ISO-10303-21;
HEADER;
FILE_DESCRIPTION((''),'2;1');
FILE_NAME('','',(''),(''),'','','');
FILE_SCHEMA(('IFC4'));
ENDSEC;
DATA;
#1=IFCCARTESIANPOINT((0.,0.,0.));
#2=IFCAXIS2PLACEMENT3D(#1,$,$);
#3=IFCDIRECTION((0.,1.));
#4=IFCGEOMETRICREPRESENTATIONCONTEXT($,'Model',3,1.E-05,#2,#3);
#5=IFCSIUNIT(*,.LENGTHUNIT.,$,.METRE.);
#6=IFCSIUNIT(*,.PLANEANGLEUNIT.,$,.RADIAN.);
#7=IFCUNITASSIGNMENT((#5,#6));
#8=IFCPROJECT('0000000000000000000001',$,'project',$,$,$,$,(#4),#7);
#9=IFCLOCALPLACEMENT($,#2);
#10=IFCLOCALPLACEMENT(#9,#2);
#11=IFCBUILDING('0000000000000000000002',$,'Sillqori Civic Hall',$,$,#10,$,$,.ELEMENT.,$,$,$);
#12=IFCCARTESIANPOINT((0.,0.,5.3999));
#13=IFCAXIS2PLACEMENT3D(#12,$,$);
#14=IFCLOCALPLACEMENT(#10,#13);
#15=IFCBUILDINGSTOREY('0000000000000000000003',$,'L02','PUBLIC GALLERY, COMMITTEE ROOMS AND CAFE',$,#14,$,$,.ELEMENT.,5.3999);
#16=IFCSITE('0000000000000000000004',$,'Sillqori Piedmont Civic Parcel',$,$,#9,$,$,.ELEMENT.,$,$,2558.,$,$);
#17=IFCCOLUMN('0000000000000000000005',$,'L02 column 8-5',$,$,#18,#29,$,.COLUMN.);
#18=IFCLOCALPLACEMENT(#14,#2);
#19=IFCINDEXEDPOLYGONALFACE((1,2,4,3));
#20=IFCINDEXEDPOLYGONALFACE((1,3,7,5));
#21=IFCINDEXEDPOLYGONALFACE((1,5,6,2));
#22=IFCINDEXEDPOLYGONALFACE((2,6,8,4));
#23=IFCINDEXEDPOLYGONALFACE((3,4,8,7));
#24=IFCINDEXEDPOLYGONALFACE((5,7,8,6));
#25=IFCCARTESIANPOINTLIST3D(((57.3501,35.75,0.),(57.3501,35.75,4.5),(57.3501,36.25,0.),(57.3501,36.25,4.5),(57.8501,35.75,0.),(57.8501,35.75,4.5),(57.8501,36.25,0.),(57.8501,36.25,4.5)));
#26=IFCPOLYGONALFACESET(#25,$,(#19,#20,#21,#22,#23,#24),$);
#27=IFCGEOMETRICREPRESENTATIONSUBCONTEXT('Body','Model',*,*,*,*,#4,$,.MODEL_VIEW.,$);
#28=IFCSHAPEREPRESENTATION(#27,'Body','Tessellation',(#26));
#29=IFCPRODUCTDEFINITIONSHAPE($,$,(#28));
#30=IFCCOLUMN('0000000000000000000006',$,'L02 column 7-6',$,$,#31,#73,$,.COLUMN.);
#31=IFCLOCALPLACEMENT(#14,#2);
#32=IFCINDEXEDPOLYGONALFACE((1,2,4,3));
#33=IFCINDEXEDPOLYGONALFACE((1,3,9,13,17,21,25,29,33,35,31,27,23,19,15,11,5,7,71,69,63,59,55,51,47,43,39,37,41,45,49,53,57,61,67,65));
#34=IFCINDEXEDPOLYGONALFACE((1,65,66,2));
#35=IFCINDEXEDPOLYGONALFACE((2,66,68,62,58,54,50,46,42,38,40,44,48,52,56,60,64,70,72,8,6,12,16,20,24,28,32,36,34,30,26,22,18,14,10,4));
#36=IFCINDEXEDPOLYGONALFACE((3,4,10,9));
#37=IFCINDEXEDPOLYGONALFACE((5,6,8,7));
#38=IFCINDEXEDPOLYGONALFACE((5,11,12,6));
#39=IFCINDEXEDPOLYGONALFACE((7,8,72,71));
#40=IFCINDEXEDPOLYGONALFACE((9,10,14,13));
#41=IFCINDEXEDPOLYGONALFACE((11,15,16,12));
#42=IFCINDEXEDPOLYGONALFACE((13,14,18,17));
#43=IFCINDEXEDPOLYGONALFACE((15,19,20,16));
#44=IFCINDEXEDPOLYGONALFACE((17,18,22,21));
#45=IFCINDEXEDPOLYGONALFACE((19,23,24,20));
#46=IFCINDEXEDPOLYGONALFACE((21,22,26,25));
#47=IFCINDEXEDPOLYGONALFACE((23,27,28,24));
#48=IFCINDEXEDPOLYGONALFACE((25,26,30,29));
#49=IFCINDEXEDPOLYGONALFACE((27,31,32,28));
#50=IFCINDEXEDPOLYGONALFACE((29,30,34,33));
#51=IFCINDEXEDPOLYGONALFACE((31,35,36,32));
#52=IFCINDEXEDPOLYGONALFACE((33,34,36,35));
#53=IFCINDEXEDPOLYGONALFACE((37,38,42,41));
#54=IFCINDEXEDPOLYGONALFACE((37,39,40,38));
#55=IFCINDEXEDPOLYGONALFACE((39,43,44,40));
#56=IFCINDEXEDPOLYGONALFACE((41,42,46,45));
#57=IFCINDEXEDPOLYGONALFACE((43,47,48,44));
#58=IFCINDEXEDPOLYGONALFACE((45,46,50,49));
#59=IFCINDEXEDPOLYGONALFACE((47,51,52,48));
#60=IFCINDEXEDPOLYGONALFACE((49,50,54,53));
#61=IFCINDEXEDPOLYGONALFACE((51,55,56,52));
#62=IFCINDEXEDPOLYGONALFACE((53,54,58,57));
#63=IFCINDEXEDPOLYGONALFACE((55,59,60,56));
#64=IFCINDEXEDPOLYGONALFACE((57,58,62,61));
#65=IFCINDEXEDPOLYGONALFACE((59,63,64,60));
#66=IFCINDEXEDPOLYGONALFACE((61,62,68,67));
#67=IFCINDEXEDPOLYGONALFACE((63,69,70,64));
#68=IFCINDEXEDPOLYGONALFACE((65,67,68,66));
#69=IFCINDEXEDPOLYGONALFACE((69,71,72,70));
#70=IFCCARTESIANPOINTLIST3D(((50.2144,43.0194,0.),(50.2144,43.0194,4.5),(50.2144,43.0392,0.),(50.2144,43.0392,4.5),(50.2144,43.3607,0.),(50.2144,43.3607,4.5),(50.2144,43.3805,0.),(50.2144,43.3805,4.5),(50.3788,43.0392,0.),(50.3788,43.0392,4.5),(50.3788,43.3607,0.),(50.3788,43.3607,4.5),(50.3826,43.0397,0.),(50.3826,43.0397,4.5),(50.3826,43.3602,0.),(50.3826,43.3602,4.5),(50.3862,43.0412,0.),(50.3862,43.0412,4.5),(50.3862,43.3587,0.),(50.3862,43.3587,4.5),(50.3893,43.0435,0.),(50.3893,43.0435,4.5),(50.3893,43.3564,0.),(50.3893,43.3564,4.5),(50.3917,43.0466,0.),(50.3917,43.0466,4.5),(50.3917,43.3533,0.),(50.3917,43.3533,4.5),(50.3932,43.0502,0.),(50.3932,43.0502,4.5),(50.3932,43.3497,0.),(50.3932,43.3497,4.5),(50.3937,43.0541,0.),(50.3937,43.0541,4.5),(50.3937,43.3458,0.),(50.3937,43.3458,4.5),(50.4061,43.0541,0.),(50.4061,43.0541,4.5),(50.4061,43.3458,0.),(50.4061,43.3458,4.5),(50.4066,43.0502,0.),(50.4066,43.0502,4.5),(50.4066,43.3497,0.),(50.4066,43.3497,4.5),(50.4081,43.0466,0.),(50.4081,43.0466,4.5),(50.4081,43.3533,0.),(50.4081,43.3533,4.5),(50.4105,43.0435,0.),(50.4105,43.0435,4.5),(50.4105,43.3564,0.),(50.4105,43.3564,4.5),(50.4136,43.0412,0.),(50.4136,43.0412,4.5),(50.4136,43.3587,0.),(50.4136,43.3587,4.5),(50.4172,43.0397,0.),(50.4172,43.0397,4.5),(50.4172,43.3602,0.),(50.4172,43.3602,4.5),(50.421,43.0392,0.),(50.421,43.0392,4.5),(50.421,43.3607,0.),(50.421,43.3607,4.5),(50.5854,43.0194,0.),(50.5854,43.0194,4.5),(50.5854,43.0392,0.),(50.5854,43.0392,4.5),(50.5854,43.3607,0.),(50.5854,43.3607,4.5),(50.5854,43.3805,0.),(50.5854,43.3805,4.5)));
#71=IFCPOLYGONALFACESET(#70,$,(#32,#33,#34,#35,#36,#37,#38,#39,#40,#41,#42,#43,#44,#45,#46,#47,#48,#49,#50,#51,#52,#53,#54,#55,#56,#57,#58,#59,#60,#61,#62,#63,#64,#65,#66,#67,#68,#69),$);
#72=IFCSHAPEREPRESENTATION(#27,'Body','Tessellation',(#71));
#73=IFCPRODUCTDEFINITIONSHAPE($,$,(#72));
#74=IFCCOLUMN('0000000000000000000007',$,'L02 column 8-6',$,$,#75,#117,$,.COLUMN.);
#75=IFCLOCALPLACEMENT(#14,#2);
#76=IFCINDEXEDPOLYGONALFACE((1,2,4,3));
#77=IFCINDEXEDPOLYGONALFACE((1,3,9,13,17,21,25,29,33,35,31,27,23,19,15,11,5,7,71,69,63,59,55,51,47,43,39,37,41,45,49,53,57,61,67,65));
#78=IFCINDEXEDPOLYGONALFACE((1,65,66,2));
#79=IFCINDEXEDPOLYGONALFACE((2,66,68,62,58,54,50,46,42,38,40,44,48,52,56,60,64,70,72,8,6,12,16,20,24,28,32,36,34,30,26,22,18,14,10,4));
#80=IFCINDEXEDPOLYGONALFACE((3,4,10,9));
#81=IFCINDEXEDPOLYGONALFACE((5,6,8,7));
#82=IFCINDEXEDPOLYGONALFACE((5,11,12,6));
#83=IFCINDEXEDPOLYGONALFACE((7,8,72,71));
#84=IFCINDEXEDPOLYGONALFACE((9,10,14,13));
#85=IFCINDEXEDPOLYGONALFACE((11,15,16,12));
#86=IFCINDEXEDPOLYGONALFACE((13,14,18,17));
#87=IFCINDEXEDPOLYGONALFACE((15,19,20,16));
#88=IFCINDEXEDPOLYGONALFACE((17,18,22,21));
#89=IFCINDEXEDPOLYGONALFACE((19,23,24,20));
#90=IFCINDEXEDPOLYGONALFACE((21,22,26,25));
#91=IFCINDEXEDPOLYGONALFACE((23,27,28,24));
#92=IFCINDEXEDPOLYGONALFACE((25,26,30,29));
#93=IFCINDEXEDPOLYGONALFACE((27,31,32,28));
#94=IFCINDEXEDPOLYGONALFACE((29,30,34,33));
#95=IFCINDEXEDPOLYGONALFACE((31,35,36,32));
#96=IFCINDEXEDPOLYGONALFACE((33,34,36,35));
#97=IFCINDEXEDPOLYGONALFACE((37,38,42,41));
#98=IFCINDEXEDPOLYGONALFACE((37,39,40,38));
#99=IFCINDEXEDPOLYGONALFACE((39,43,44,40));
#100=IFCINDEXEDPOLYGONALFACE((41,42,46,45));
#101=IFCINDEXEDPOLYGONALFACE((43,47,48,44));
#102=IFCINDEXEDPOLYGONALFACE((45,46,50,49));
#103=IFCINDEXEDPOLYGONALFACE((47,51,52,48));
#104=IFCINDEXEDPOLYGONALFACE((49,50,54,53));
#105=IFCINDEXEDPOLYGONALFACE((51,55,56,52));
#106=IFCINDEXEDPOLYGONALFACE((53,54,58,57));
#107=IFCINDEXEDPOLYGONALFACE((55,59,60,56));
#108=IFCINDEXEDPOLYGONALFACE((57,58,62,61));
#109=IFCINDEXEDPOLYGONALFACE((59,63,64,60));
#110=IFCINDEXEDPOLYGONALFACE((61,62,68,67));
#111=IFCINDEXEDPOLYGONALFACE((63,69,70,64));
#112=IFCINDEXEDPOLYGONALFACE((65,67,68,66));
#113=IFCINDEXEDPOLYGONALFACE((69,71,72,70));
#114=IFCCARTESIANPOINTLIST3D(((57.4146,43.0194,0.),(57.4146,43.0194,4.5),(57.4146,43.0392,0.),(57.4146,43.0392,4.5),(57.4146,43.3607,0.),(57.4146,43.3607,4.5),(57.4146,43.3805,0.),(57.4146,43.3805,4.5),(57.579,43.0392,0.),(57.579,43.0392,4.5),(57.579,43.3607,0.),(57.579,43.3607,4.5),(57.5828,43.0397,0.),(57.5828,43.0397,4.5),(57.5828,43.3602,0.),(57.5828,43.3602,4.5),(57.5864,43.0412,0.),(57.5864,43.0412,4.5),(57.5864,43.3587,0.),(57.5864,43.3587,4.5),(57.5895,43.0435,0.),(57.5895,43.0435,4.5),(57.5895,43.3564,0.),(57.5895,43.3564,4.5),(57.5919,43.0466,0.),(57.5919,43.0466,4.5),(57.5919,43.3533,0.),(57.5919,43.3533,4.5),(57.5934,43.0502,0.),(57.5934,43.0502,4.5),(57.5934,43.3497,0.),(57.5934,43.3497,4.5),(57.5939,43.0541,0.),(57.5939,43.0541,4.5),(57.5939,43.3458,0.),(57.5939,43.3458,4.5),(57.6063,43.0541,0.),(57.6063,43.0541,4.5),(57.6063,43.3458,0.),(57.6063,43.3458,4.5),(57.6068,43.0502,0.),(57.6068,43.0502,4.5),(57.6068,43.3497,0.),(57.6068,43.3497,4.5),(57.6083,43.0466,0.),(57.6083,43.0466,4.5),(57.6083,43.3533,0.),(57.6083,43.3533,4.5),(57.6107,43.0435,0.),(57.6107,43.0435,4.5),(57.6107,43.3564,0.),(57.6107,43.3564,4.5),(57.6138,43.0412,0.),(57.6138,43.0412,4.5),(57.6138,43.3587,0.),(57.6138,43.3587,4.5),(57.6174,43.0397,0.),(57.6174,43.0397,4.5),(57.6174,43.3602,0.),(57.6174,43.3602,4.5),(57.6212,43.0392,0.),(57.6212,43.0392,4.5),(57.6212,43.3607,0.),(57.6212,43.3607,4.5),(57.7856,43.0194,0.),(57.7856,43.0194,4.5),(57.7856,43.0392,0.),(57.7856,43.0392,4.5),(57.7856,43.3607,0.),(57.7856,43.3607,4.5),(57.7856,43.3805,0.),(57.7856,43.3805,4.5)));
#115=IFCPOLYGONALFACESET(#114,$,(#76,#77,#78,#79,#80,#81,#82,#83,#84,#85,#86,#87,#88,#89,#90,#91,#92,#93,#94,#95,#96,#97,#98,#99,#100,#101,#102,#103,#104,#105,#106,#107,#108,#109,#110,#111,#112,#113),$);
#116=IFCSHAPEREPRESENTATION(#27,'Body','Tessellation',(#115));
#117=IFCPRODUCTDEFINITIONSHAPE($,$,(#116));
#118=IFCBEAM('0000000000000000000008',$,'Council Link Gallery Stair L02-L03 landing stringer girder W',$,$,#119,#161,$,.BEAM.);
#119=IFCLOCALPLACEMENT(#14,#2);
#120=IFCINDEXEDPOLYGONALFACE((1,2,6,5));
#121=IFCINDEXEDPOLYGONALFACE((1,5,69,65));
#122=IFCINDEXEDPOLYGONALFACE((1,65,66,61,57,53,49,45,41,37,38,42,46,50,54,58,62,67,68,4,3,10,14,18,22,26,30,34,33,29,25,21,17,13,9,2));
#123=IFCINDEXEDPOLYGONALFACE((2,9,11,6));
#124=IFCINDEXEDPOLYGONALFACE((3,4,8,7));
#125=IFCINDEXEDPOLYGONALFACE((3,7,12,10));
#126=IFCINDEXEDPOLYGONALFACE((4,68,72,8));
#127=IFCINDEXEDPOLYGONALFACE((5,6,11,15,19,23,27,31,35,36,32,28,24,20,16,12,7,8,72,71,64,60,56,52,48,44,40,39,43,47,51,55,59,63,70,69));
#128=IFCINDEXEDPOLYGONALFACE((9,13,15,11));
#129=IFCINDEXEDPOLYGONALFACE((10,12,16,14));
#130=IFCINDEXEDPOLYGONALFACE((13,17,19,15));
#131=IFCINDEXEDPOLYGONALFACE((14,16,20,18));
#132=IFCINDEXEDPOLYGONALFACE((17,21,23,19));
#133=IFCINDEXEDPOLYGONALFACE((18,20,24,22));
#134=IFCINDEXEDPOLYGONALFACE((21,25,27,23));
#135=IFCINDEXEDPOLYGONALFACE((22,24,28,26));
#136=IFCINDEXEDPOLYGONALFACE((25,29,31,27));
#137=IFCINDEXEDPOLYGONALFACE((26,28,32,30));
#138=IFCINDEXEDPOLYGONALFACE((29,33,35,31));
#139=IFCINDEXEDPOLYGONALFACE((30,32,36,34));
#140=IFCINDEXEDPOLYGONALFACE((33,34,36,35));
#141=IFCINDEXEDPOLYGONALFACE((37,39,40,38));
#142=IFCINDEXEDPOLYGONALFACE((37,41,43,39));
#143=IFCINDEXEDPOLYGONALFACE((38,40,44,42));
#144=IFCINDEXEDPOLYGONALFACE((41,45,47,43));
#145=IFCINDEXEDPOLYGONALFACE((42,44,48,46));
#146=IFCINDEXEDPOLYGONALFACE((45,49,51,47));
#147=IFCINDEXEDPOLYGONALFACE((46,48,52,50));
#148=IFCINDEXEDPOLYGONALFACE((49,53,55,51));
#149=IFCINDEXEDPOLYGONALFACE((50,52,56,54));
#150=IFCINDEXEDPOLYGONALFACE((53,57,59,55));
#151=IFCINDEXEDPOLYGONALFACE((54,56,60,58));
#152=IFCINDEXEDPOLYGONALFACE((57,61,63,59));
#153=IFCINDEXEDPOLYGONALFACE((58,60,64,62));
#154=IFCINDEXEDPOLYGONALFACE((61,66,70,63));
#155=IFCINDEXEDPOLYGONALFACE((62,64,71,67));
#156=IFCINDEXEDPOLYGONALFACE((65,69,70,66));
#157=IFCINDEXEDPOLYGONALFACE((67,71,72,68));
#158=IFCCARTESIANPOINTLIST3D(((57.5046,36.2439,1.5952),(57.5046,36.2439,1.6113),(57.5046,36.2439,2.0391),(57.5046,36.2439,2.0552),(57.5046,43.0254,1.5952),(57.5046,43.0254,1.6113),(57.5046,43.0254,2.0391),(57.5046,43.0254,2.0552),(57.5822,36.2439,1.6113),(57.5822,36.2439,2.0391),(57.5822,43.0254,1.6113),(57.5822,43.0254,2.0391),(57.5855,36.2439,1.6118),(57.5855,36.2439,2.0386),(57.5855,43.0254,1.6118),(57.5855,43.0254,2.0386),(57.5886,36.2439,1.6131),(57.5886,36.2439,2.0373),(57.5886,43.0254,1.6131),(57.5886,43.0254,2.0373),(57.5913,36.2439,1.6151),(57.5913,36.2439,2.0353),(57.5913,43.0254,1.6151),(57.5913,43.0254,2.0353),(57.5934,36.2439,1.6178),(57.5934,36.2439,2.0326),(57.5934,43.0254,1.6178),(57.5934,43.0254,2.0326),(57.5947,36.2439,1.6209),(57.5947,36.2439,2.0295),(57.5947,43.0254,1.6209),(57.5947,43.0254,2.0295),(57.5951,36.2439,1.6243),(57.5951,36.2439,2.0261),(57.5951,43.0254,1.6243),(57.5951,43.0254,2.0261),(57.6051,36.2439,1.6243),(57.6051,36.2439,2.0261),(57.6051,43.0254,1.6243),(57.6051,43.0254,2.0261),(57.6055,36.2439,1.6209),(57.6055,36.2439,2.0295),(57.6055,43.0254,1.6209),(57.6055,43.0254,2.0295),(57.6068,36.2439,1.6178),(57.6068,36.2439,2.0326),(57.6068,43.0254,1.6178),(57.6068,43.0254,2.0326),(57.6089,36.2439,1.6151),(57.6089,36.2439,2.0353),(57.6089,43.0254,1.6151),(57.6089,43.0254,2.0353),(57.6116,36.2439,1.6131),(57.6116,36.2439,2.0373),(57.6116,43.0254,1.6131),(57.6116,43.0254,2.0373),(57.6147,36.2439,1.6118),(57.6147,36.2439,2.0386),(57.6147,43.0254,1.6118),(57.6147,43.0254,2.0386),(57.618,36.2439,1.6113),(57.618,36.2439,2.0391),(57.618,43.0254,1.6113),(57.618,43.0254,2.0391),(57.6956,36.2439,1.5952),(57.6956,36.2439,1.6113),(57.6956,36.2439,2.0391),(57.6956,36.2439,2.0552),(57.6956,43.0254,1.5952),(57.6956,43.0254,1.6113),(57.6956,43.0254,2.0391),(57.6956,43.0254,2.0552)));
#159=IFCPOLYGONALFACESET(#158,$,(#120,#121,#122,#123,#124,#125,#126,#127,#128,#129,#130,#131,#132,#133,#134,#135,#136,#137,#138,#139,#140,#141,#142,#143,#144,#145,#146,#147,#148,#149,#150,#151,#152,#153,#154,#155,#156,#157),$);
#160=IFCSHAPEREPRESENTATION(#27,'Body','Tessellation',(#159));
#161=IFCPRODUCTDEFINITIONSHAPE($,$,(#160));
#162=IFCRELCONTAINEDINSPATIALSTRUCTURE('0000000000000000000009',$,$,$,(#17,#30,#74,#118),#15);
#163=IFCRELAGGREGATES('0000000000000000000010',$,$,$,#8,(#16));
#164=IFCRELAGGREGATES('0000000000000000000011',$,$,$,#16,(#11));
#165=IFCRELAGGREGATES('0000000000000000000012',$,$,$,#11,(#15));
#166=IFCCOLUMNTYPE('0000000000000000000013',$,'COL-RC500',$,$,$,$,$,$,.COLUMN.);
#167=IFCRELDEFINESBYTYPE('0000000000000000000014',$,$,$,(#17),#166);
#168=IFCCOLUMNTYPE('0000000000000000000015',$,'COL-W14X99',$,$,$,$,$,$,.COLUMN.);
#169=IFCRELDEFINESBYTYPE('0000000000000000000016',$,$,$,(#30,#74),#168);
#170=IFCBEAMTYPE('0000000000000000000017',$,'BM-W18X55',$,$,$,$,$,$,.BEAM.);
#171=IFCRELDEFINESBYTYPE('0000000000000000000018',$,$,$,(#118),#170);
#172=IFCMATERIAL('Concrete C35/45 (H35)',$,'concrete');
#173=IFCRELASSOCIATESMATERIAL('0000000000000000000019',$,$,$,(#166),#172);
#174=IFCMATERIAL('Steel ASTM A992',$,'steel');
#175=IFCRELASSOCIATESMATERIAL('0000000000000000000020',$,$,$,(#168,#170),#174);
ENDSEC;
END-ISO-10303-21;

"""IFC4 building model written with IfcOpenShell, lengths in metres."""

from ifc_helpers import new_model, si_unit, direction, frame, origin, origin_2d, place, context, subcontext, project, spatial, rectangle, i_section, extrude, material, material_profile, profile_set, type_object, element, save


model = new_model("IFC4")

# Units and contexts
model_context = context("Model", 3, precision=1e-05, world=origin(), true_north=direction((0.0, 1.0)))
body_context = subcontext(model_context, "Body", "Model", "MODEL_VIEW")
ifc_project = project(units=[si_unit("LENGTHUNIT", "METRE"), si_unit("PLANEANGLEUNIT", "RADIAN")], contexts=[model_context])

# Site, building, storey
site_placement = place(None, origin())
site = spatial("IfcSite", under=ifc_project, at=site_placement, Name="Sillqori Piedmont Civic Parcel", CompositionType="ELEMENT", RefElevation=2558.0)
building_placement = place(site_placement, origin())
building = spatial("IfcBuilding", under=site, at=building_placement, Name="Sillqori Civic Hall", CompositionType="ELEMENT")
storey_placement = place(building_placement, frame((0.0, 0.0, 5.3999)))
storey = spatial("IfcBuildingStorey", under=building, at=storey_placement, Name="L02", Description="PUBLIC GALLERY, COMMITTEE ROOMS AND CAFE", CompositionType="ELEMENT", Elevation=5.3999)

# Columns
ifc_material_1 = material(Name="Concrete C35/45 (H35)", Category="concrete")
ifc_material_profile_1 = material_profile(ifc_material_1, rectangle(XDim=0.5, YDim=0.5, at=origin_2d()), Name="RC 500x500")
ifc_profile_set_1 = profile_set([ifc_material_profile_1], Name="Concrete C35/45 (H35)")
column_type_1 = type_object("IfcColumnType", Name="COL-RC500", PredefinedType="COLUMN", material=ifc_profile_set_1)
column_placement = place(storey_placement, frame((57.6001, 36.0, 0.0), z_axis=(0.0, 0.0, 1.0), x_axis=(1.0, 0.0, 0.0)))
element("IfcColumn", 1, at=column_placement, inside=storey, type_object=column_type_1, Name="L02 column 8-5", PredefinedType="COLUMN", context=body_context, shape_type="SweptSolid", body=[
    extrude(rectangle(XDim=0.5, YDim=0.5, at=origin_2d()), origin(), (0.0, 0.0, 1.0), 4.5),
])
ifc_material_2 = material(Name="Steel ASTM A992", Category="steel")
ifc_material_profile_2 = material_profile(ifc_material_2, i_section(OverallWidth=0.3711, OverallDepth=0.3611, WebThickness=0.0125, FlangeThickness=0.0198, FilletRadius=0.0149, at=origin_2d()), Name="W14X99")
ifc_profile_set_2 = profile_set([ifc_material_profile_2], Name="Steel ASTM A992")
column_type_2 = type_object("IfcColumnType", Name="COL-W14X99", PredefinedType="COLUMN", material=ifc_profile_set_2)
for number, where, z_axis, x_axis, name in (
    (2, (50.3999, 43.2, 0.0), (0.0, 0.0, 1.0), (1.0, 0.0, 0.0), "L02 column 7-6"),
    (3, (57.6001, 43.2, 0.0), (0.0, 0.0, 1.0), (1.0, 0.0, 0.0), "L02 column 8-6"),
):
    element("IfcColumn", number, at=place(storey_placement, frame(where, z_axis=z_axis, x_axis=x_axis)), inside=storey, type_object=column_type_2, Name=name, PredefinedType="COLUMN", context=body_context, shape_type="SweptSolid", body=[
        extrude(i_section(OverallWidth=0.3711, OverallDepth=0.3611, WebThickness=0.0125, FlangeThickness=0.0198, FilletRadius=0.0149, at=origin_2d()), origin(), (0.0, 0.0, 1.0), 4.5),
    ])

# Beam
ifc_material_profile_3 = material_profile(ifc_material_2, i_section(OverallWidth=0.1909, OverallDepth=0.46, WebThickness=0.01, FlangeThickness=0.0161, FilletRadius=0.0129, at=origin_2d()), Name="W18X55")
ifc_profile_set_3 = profile_set([ifc_material_profile_3], Name="Steel ASTM A992")
beam_type_1 = type_object("IfcBeamType", Name="BM-W18X55", PredefinedType="BEAM", material=ifc_profile_set_3)
beam_1_placement = place(storey_placement, frame((57.6001, 36.2439, 1.8252), z_axis=(0.0, 1.0, 0.0), x_axis=(-1.0, 0.0, 0.0)))
element("IfcBeam", 4, at=beam_1_placement, inside=storey, type_object=beam_type_1, Name="Council Link Gallery Stair L02-L03 landing stringer girder W", PredefinedType="BEAM", context=body_context, shape_type="SweptSolid", body=[
    extrude(i_section(OverallWidth=0.1909, OverallDepth=0.46, WebThickness=0.01, FlangeThickness=0.0161, FilletRadius=0.0129, at=origin_2d()), origin(), (0.0, 0.0, 1.0), 6.7815),
])

save(model, "model.ifc")
